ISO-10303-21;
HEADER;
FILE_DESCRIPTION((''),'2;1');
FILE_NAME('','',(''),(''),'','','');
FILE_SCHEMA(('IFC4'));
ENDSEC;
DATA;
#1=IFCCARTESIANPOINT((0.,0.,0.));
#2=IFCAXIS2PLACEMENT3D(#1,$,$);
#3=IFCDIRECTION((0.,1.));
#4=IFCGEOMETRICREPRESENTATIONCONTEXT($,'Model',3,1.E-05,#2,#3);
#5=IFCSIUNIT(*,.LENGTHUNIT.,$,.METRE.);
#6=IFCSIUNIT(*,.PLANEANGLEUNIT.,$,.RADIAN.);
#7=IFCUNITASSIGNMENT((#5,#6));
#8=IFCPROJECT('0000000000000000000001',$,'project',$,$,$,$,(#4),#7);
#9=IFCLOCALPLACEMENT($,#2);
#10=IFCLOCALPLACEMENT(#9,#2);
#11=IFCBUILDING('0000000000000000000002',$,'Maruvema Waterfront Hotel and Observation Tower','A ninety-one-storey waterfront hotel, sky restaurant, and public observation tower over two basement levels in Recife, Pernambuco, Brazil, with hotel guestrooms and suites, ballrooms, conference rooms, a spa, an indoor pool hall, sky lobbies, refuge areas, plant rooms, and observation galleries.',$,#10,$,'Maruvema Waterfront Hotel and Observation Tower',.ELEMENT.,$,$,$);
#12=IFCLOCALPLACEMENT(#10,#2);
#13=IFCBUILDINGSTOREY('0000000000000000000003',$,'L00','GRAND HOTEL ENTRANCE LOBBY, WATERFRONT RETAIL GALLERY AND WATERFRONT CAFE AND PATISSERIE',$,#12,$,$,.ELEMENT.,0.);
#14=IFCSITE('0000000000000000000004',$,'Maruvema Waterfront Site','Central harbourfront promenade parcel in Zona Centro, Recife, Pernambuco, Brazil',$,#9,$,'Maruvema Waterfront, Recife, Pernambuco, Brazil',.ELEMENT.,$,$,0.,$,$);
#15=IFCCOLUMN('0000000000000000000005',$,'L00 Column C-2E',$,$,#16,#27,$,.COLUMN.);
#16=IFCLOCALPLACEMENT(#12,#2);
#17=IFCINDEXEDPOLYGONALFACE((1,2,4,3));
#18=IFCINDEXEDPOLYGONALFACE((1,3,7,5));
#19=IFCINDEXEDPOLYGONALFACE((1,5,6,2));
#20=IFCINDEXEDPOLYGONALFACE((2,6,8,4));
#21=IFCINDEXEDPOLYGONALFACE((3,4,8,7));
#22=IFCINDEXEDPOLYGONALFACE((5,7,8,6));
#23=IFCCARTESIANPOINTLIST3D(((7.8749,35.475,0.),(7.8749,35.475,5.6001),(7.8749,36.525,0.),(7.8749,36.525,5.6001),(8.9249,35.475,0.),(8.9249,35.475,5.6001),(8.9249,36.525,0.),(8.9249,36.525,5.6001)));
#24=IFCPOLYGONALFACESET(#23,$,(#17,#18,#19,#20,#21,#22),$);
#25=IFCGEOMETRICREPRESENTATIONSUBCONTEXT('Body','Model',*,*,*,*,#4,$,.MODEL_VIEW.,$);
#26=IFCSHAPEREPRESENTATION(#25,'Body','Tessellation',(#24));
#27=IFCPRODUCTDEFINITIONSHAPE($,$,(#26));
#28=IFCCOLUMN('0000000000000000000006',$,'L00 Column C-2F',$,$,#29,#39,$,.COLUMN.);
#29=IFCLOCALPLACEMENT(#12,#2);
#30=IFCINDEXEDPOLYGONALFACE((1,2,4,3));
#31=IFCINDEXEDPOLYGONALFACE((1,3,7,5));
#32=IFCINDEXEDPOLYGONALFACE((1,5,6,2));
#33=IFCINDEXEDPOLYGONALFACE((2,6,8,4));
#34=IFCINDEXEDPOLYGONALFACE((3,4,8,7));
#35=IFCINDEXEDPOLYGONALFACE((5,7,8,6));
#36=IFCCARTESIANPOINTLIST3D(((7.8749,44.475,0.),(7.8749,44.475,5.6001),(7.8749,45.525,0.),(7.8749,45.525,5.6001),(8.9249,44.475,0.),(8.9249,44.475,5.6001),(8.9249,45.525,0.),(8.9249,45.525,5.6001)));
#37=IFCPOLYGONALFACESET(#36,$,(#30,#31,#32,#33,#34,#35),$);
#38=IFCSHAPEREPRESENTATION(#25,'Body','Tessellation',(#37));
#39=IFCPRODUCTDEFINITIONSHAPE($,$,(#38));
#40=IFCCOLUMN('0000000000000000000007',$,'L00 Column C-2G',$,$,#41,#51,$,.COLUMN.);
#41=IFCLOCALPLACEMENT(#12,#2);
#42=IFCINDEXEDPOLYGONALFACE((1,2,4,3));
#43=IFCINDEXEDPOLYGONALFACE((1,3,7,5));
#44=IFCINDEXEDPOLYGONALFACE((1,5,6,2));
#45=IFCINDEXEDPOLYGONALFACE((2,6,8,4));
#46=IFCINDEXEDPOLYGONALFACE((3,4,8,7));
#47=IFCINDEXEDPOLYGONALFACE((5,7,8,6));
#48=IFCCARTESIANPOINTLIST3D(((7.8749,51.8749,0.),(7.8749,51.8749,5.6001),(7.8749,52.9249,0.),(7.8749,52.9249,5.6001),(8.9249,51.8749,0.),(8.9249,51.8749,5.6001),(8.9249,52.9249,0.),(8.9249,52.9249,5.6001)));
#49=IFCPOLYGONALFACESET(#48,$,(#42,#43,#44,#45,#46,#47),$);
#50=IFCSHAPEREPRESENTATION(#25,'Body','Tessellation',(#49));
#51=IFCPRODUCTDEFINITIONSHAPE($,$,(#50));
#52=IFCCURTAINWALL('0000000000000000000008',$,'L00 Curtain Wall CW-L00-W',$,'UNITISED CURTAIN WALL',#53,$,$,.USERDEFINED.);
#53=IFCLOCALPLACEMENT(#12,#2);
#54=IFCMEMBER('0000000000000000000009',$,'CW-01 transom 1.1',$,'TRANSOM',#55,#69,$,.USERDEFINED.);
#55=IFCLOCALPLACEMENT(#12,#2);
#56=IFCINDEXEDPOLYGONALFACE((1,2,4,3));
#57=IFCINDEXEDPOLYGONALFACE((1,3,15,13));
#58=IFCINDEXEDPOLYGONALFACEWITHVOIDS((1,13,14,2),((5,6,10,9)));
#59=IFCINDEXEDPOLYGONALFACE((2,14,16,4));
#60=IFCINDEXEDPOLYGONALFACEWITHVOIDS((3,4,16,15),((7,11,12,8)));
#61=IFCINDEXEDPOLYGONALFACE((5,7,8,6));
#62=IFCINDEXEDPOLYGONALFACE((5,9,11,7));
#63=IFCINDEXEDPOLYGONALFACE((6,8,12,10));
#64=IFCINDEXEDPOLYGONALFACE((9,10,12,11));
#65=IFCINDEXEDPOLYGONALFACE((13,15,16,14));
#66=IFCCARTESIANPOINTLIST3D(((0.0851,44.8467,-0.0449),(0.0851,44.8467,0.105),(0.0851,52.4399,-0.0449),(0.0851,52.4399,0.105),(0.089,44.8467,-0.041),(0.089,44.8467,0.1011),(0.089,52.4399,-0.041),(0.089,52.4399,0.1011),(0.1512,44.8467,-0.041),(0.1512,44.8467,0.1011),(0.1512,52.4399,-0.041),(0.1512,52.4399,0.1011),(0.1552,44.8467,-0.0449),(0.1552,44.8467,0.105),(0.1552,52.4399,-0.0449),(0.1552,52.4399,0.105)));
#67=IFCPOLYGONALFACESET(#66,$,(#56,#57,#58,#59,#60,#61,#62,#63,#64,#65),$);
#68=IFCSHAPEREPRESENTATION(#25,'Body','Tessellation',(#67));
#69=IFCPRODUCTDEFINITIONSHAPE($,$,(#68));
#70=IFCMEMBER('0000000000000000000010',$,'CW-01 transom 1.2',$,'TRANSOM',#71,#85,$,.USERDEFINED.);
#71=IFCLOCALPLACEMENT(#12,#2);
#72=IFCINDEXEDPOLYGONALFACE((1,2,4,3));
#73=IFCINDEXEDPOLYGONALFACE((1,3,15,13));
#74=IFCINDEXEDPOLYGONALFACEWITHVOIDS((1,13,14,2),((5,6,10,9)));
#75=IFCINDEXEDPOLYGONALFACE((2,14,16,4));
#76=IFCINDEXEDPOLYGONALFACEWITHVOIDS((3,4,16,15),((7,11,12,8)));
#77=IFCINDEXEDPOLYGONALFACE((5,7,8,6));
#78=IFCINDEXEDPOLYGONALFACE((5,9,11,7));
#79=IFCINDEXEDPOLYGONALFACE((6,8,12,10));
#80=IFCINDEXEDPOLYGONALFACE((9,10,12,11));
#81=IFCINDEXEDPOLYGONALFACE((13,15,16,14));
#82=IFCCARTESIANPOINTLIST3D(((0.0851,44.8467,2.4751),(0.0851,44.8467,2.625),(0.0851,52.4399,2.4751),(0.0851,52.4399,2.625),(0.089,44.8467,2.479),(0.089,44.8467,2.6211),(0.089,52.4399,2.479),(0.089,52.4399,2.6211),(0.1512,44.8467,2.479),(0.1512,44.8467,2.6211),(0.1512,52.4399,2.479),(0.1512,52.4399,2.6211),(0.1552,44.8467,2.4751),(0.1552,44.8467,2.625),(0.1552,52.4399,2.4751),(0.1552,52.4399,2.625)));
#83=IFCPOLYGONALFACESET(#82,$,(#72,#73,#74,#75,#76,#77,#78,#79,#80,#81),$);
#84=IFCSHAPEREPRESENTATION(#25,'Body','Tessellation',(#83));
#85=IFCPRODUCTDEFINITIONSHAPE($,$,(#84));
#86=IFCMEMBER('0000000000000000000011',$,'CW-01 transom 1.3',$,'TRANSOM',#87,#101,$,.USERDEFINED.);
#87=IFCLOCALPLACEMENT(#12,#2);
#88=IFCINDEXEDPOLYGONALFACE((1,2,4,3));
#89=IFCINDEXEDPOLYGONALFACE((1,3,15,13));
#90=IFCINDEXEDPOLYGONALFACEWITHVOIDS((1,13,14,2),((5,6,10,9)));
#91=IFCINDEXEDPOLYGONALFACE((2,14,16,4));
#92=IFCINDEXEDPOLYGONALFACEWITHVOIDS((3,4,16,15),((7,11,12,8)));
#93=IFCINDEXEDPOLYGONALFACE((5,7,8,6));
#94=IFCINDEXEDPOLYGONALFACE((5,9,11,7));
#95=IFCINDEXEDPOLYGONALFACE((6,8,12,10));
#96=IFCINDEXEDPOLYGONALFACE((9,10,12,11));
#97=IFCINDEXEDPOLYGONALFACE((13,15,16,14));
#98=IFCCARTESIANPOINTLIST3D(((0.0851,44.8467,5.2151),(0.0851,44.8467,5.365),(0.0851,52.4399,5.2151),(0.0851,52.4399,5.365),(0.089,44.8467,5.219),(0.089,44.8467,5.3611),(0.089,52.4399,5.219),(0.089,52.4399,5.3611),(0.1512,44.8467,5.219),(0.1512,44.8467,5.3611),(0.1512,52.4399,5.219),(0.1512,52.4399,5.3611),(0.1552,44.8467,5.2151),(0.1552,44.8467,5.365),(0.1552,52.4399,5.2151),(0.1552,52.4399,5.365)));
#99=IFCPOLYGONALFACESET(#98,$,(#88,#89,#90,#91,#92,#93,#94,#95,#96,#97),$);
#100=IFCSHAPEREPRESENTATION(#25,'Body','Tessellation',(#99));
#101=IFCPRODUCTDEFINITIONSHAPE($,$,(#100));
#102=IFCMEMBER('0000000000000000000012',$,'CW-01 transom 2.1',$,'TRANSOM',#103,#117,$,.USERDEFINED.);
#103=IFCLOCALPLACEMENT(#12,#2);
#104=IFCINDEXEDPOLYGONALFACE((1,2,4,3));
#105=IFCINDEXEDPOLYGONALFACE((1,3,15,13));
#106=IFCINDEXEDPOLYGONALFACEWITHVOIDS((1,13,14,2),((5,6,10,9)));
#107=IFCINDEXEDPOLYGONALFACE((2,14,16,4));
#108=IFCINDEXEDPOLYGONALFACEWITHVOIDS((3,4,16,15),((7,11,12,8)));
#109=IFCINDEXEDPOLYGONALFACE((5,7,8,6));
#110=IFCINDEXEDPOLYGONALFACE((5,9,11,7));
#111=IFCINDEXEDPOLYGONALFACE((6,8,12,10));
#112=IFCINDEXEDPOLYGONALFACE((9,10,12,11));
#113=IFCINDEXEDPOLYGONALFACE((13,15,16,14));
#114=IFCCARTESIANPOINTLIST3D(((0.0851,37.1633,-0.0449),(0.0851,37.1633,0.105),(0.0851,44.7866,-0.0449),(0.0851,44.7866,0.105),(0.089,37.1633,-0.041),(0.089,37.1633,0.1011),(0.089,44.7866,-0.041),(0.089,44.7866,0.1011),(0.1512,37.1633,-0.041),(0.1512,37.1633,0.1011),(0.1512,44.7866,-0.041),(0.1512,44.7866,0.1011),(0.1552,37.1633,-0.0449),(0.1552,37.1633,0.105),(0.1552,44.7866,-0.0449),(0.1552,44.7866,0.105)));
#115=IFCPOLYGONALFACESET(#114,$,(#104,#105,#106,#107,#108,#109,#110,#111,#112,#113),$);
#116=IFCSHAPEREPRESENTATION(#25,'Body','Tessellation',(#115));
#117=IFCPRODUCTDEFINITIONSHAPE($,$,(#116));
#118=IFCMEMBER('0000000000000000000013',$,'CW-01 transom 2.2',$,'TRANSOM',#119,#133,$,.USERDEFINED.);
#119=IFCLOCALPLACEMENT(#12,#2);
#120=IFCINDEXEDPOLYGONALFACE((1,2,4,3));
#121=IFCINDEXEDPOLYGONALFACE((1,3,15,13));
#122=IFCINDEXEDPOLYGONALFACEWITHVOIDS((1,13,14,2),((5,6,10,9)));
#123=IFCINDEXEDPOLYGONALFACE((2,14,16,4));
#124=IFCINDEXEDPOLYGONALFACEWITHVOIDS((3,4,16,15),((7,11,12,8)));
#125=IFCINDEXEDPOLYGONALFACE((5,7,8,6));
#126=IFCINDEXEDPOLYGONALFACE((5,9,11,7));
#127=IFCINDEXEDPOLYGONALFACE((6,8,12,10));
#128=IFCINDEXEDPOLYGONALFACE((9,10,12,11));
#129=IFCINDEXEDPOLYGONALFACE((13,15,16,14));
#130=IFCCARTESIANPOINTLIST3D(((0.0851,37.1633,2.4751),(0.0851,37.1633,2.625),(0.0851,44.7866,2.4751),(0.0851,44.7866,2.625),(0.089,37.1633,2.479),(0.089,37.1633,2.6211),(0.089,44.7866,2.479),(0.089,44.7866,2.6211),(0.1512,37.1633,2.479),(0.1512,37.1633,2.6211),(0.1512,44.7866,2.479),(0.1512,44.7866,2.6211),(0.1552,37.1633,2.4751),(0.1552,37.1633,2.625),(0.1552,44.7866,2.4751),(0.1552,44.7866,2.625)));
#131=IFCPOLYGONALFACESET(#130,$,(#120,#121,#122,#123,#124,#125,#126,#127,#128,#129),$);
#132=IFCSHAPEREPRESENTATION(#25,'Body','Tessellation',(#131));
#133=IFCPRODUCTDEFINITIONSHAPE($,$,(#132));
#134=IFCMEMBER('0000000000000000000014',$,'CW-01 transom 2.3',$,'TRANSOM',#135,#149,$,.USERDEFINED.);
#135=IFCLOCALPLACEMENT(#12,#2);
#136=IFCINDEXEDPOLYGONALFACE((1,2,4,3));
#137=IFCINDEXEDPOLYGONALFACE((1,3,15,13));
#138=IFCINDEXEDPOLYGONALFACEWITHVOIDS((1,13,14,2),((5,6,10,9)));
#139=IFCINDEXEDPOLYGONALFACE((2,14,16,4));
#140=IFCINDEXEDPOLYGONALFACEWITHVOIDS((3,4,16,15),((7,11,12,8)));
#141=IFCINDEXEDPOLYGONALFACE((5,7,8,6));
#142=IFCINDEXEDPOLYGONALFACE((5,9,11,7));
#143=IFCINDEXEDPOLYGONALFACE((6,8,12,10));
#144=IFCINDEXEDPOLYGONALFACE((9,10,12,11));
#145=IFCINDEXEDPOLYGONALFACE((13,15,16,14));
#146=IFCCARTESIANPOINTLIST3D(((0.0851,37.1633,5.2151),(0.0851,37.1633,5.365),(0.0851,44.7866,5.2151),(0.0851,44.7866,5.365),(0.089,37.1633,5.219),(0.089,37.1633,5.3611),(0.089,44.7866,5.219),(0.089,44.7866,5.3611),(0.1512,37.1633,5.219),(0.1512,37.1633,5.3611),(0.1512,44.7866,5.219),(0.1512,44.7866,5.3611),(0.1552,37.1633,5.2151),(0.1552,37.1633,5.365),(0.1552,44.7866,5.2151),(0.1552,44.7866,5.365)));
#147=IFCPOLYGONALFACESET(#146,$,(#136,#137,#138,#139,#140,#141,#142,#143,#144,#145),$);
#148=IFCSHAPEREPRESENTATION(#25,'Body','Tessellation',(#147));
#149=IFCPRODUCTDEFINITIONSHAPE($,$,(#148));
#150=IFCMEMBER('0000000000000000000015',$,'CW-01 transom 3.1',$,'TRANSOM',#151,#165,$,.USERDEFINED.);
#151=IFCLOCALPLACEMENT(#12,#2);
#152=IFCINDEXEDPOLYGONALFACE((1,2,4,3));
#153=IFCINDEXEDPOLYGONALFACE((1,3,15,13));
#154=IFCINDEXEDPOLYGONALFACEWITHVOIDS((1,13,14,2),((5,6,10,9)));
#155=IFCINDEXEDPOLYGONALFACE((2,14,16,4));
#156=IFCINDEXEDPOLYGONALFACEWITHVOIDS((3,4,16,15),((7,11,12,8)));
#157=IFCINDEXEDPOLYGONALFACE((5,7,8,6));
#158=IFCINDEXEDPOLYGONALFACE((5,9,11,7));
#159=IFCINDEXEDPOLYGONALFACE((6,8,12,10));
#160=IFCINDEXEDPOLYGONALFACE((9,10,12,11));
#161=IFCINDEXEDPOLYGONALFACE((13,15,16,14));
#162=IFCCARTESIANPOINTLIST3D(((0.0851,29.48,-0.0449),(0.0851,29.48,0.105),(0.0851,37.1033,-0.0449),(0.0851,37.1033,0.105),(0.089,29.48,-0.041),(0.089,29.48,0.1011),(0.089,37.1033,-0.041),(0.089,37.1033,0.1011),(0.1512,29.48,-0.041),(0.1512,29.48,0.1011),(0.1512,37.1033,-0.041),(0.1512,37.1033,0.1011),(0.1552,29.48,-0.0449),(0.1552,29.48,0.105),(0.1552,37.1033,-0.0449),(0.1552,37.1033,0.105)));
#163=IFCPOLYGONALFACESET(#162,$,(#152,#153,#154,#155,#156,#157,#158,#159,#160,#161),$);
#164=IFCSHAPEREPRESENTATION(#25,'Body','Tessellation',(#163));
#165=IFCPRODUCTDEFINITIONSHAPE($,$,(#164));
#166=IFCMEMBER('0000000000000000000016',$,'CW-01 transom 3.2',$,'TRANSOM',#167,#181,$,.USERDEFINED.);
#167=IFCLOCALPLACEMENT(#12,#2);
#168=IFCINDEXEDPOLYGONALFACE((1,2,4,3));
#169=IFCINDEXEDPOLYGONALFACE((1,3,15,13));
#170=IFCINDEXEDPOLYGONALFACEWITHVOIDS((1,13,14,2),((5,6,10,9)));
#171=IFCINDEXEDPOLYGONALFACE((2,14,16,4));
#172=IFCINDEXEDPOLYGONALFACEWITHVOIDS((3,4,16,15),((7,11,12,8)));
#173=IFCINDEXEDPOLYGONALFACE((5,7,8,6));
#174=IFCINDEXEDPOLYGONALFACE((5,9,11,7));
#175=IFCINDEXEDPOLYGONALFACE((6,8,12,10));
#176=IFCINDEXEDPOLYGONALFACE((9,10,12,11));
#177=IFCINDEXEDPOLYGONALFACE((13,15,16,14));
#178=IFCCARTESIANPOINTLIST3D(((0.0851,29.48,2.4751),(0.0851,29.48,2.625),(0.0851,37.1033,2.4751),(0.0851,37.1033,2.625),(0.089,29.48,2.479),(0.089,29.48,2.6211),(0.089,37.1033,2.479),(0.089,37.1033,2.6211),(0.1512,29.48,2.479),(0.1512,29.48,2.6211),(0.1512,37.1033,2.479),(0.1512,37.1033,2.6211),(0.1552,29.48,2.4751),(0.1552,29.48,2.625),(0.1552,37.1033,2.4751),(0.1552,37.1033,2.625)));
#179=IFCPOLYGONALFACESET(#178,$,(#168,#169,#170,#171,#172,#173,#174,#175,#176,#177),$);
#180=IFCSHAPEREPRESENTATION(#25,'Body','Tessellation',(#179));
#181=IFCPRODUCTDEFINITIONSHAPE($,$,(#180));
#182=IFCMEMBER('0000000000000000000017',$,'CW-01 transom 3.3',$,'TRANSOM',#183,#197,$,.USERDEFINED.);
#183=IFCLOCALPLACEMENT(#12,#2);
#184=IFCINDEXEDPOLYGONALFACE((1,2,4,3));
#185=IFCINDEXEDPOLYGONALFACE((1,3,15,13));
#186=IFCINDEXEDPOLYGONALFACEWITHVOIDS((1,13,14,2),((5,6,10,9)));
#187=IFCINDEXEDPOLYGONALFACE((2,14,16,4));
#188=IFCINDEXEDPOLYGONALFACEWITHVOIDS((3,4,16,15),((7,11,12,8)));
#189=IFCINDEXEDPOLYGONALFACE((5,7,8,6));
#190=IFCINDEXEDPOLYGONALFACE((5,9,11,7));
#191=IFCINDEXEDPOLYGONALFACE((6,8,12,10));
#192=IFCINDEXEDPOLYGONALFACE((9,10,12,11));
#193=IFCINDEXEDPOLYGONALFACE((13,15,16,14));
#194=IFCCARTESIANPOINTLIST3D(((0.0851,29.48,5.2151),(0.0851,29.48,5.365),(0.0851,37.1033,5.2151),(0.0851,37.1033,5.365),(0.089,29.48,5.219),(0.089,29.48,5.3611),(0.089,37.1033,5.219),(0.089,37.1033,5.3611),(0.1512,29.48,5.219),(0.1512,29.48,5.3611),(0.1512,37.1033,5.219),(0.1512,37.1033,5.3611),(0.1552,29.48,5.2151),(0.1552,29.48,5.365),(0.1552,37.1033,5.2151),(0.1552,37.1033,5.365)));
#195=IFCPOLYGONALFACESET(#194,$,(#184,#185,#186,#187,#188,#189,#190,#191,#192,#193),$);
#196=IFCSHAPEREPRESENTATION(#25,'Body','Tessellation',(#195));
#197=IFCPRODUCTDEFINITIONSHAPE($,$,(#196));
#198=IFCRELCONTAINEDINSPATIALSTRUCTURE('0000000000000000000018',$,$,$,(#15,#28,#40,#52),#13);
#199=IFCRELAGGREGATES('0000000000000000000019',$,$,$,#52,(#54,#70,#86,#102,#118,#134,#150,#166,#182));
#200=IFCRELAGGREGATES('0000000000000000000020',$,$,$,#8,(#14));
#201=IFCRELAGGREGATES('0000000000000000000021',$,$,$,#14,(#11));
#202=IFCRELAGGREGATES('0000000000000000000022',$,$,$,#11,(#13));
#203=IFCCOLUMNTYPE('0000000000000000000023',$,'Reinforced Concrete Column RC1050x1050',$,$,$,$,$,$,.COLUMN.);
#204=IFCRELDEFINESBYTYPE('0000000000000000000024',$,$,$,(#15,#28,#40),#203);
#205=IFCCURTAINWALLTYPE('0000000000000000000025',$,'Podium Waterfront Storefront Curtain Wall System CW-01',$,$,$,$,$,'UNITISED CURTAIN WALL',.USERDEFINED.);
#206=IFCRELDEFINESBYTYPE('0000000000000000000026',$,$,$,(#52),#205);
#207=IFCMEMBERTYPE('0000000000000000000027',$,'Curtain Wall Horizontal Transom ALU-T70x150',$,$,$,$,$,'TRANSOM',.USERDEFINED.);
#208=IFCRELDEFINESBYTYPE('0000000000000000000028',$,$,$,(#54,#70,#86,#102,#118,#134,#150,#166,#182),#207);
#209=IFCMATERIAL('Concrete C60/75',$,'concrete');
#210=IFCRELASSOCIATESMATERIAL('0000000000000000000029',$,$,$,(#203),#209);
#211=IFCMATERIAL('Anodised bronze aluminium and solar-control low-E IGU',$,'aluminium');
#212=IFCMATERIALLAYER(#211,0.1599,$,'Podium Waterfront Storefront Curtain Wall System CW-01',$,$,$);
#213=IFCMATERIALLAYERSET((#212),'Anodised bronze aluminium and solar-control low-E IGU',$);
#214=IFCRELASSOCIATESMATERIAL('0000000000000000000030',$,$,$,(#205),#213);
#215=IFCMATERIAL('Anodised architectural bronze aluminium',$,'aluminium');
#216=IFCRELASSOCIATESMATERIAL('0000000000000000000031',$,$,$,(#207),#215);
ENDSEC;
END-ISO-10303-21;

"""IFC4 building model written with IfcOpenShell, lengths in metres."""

from ifc_helpers import new_model, si_unit, direction, frame, origin, origin_2d, place, context, subcontext, project, spatial, rectangle, hollow_rectangle, extrude, material, layer, layer_set, material_profile, profile_set, type_object, element, aggregate, save


model = new_model("IFC4")

# Units and contexts
model_context = context("Model", 3, precision=1e-05, world=origin(), true_north=direction((0.0, 1.0)))
body_context = subcontext(model_context, "Body", "Model", "MODEL_VIEW")
ifc_project = project(units=[si_unit("LENGTHUNIT", "METRE"), si_unit("PLANEANGLEUNIT", "RADIAN")], contexts=[model_context])

# Site, building, storey
site_placement = place(None, origin())
site = spatial("IfcSite", under=ifc_project, at=site_placement, Name="Maruvema Waterfront Site", Description="Central harbourfront promenade parcel in Zona Centro, Recife, Pernambuco, Brazil", LongName="Maruvema Waterfront, Recife, Pernambuco, Brazil", CompositionType="ELEMENT", RefElevation=0.0)
building_placement = place(site_placement, origin())
building = spatial("IfcBuilding", under=site, at=building_placement, Name="Maruvema Waterfront Hotel and Observation Tower", Description="A ninety-one-storey waterfront hotel, sky restaurant, and public observation tower over two basement levels in Recife, Pernambuco, Brazil, with hotel guestrooms and suites, ballrooms, conference rooms, a spa, an indoor pool hall, sky lobbies, refuge areas, plant rooms, and observation galleries.", LongName="Maruvema Waterfront Hotel and Observation Tower", CompositionType="ELEMENT")
storey_placement = place(building_placement, origin())
storey = spatial("IfcBuildingStorey", under=building, at=storey_placement, Name="L00", Description="GRAND HOTEL ENTRANCE LOBBY, WATERFRONT RETAIL GALLERY AND WATERFRONT CAFE AND PATISSERIE", CompositionType="ELEMENT", Elevation=0.0)

# Columns
ifc_material_1 = material(Name="Concrete C60/75", Category="concrete")
ifc_material_profile_1 = material_profile(ifc_material_1, rectangle(XDim=1.05, YDim=1.05, at=origin_2d()), Name="RC1050x1050")
ifc_profile_set_1 = profile_set([ifc_material_profile_1], Name="Concrete C60/75")
column_type = type_object("IfcColumnType", Name="Reinforced Concrete Column RC1050x1050", PredefinedType="COLUMN", material=ifc_profile_set_1)
for number, where, z_axis, x_axis, name in (
    (1, (8.3999, 36.0, 0.0), (0.0, 0.0, 1.0), (1.0, 0.0, 0.0), "L00 Column C-2E"),
    (2, (8.3999, 45.0, 0.0), (0.0, 0.0, 1.0), (1.0, 0.0, 0.0), "L00 Column C-2F"),
    (3, (8.3999, 52.3999, 0.0), (0.0, 0.0, 1.0), (1.0, 0.0, 0.0), "L00 Column C-2G"),
):
    element("IfcColumn", number, at=place(storey_placement, frame(where, z_axis=z_axis, x_axis=x_axis)), inside=storey, type_object=column_type, Name=name, PredefinedType="COLUMN", context=body_context, shape_type="SweptSolid", body=[
        extrude(rectangle(XDim=1.05, YDim=1.05, at=origin_2d()), origin(), (0.0, 0.0, 1.0), 5.6001),
    ])

# Curtain wall, members
ifc_material_2 = material(Name="Anodised bronze aluminium and solar-control low-E IGU", Category="aluminium")
ifc_layer_1 = layer(ifc_material_2, 0.1599, Name="Podium Waterfront Storefront Curtain Wall System CW-01")
ifc_layer_set_1 = layer_set([ifc_layer_1], Name="Anodised bronze aluminium and solar-control low-E IGU")
curtain_wall_type = type_object("IfcCurtainWallType", Name="Podium Waterfront Storefront Curtain Wall System CW-01", ElementType="UNITISED CURTAIN WALL", PredefinedType="USERDEFINED", material=ifc_layer_set_1)
curtain_wall_placement = place(storey_placement, origin())
curtain_wall = element("IfcCurtainWall", 4, at=curtain_wall_placement, inside=storey, type_object=curtain_wall_type, Name="L00 Curtain Wall CW-L00-W", ObjectType="UNITISED CURTAIN WALL", PredefinedType="USERDEFINED")
ifc_material_3 = material(Name="Anodised architectural bronze aluminium", Category="aluminium")
ifc_material_profile_2 = material_profile(ifc_material_3, hollow_rectangle(XDim=0.0701, YDim=0.1499, WallThickness=0.0039, at=origin_2d()), Name="ALU-T70x150")
ifc_profile_set_2 = profile_set([ifc_material_profile_2], Name="Anodised architectural bronze aluminium")
member_type_1 = type_object("IfcMemberType", Name="Curtain Wall Horizontal Transom ALU-T70x150", ElementType="TRANSOM", PredefinedType="USERDEFINED", material=ifc_profile_set_2)
member_1_placement = place(storey_placement, frame((0.1201, 52.4399, 0.03), z_axis=(0.0, -1.0, 0.0), x_axis=(1.0, 0.0, 0.0)))
member_1 = element("IfcMember", 5, at=member_1_placement, type_object=member_type_1, Name="CW-01 transom 1.1", ObjectType="TRANSOM", PredefinedType="USERDEFINED", context=body_context, shape_type="SweptSolid", body=[
    extrude(hollow_rectangle(XDim=0.0701, YDim=0.1499, WallThickness=0.0039, at=origin_2d()), origin(), (0.0, 0.0, 1.0), 7.5933),
])
member_2_placement = place(storey_placement, frame((0.1201, 52.4399, 2.55), z_axis=(0.0, -1.0, 0.0), x_axis=(1.0, 0.0, 0.0)))
member_2 = element("IfcMember", 6, at=member_2_placement, type_object=member_type_1, Name="CW-01 transom 1.2", ObjectType="TRANSOM", PredefinedType="USERDEFINED", context=body_context, shape_type="SweptSolid", body=[
    extrude(hollow_rectangle(XDim=0.0701, YDim=0.1499, WallThickness=0.0039, at=origin_2d()), origin(), (0.0, 0.0, 1.0), 7.5933),
])
member_3_placement = place(storey_placement, frame((0.1201, 52.4399, 5.29), z_axis=(0.0, -1.0, 0.0), x_axis=(1.0, 0.0, 0.0)))
member_3 = element("IfcMember", 7, at=member_3_placement, type_object=member_type_1, Name="CW-01 transom 1.3", ObjectType="TRANSOM", PredefinedType="USERDEFINED", context=body_context, shape_type="SweptSolid", body=[
    extrude(hollow_rectangle(XDim=0.0701, YDim=0.1499, WallThickness=0.0039, at=origin_2d()), origin(), (0.0, 0.0, 1.0), 7.5933),
])
member_4_placement = place(storey_placement, frame((0.1201, 44.7866, 0.03), z_axis=(0.0, -1.0, 0.0), x_axis=(1.0, 0.0, 0.0)))
member_4 = element("IfcMember", 8, at=member_4_placement, type_object=member_type_1, Name="CW-01 transom 2.1", ObjectType="TRANSOM", PredefinedType="USERDEFINED", context=body_context, shape_type="SweptSolid", body=[
    extrude(hollow_rectangle(XDim=0.0701, YDim=0.1499, WallThickness=0.0039, at=origin_2d()), origin(), (0.0, 0.0, 1.0), 7.6233),
])
member_5_placement = place(storey_placement, frame((0.1201, 44.7866, 2.55), z_axis=(0.0, -1.0, 0.0), x_axis=(1.0, 0.0, 0.0)))
member_5 = element("IfcMember", 9, at=member_5_placement, type_object=member_type_1, Name="CW-01 transom 2.2", ObjectType="TRANSOM", PredefinedType="USERDEFINED", context=body_context, shape_type="SweptSolid", body=[
    extrude(hollow_rectangle(XDim=0.0701, YDim=0.1499, WallThickness=0.0039, at=origin_2d()), origin(), (0.0, 0.0, 1.0), 7.6233),
])
member_6_placement = place(storey_placement, frame((0.1201, 44.7866, 5.29), z_axis=(0.0, -1.0, 0.0), x_axis=(1.0, 0.0, 0.0)))
member_6 = element("IfcMember", 10, at=member_6_placement, type_object=member_type_1, Name="CW-01 transom 2.3", ObjectType="TRANSOM", PredefinedType="USERDEFINED", context=body_context, shape_type="SweptSolid", body=[
    extrude(hollow_rectangle(XDim=0.0701, YDim=0.1499, WallThickness=0.0039, at=origin_2d()), origin(), (0.0, 0.0, 1.0), 7.6233),
])
member_7_placement = place(storey_placement, frame((0.1201, 37.1033, 0.03), z_axis=(0.0, -1.0, 0.0), x_axis=(1.0, 0.0, 0.0)))
member_7 = element("IfcMember", 11, at=member_7_placement, type_object=member_type_1, Name="CW-01 transom 3.1", ObjectType="TRANSOM", PredefinedType="USERDEFINED", context=body_context, shape_type="SweptSolid", body=[
    extrude(hollow_rectangle(XDim=0.0701, YDim=0.1499, WallThickness=0.0039, at=origin_2d()), origin(), (0.0, 0.0, 1.0), 7.6233),
])
member_8_placement = place(storey_placement, frame((0.1201, 37.1033, 2.55), z_axis=(0.0, -1.0, 0.0), x_axis=(1.0, 0.0, 0.0)))
member_8 = element("IfcMember", 12, at=member_8_placement, type_object=member_type_1, Name="CW-01 transom 3.2", ObjectType="TRANSOM", PredefinedType="USERDEFINED", context=body_context, shape_type="SweptSolid", body=[
    extrude(hollow_rectangle(XDim=0.0701, YDim=0.1499, WallThickness=0.0039, at=origin_2d()), origin(), (0.0, 0.0, 1.0), 7.6233),
])
member_9_placement = place(storey_placement, frame((0.1201, 37.1033, 5.29), z_axis=(0.0, -1.0, 0.0), x_axis=(1.0, 0.0, 0.0)))
member_9 = element("IfcMember", 13, at=member_9_placement, type_object=member_type_1, Name="CW-01 transom 3.3", ObjectType="TRANSOM", PredefinedType="USERDEFINED", context=body_context, shape_type="SweptSolid", body=[
    extrude(hollow_rectangle(XDim=0.0701, YDim=0.1499, WallThickness=0.0039, at=origin_2d()), origin(), (0.0, 0.0, 1.0), 7.6233),
])

aggregate(curtain_wall, [member_1, member_2, member_3, member_4, member_5, member_6, member_7, member_8, member_9])

save(model, "model.ifc")
